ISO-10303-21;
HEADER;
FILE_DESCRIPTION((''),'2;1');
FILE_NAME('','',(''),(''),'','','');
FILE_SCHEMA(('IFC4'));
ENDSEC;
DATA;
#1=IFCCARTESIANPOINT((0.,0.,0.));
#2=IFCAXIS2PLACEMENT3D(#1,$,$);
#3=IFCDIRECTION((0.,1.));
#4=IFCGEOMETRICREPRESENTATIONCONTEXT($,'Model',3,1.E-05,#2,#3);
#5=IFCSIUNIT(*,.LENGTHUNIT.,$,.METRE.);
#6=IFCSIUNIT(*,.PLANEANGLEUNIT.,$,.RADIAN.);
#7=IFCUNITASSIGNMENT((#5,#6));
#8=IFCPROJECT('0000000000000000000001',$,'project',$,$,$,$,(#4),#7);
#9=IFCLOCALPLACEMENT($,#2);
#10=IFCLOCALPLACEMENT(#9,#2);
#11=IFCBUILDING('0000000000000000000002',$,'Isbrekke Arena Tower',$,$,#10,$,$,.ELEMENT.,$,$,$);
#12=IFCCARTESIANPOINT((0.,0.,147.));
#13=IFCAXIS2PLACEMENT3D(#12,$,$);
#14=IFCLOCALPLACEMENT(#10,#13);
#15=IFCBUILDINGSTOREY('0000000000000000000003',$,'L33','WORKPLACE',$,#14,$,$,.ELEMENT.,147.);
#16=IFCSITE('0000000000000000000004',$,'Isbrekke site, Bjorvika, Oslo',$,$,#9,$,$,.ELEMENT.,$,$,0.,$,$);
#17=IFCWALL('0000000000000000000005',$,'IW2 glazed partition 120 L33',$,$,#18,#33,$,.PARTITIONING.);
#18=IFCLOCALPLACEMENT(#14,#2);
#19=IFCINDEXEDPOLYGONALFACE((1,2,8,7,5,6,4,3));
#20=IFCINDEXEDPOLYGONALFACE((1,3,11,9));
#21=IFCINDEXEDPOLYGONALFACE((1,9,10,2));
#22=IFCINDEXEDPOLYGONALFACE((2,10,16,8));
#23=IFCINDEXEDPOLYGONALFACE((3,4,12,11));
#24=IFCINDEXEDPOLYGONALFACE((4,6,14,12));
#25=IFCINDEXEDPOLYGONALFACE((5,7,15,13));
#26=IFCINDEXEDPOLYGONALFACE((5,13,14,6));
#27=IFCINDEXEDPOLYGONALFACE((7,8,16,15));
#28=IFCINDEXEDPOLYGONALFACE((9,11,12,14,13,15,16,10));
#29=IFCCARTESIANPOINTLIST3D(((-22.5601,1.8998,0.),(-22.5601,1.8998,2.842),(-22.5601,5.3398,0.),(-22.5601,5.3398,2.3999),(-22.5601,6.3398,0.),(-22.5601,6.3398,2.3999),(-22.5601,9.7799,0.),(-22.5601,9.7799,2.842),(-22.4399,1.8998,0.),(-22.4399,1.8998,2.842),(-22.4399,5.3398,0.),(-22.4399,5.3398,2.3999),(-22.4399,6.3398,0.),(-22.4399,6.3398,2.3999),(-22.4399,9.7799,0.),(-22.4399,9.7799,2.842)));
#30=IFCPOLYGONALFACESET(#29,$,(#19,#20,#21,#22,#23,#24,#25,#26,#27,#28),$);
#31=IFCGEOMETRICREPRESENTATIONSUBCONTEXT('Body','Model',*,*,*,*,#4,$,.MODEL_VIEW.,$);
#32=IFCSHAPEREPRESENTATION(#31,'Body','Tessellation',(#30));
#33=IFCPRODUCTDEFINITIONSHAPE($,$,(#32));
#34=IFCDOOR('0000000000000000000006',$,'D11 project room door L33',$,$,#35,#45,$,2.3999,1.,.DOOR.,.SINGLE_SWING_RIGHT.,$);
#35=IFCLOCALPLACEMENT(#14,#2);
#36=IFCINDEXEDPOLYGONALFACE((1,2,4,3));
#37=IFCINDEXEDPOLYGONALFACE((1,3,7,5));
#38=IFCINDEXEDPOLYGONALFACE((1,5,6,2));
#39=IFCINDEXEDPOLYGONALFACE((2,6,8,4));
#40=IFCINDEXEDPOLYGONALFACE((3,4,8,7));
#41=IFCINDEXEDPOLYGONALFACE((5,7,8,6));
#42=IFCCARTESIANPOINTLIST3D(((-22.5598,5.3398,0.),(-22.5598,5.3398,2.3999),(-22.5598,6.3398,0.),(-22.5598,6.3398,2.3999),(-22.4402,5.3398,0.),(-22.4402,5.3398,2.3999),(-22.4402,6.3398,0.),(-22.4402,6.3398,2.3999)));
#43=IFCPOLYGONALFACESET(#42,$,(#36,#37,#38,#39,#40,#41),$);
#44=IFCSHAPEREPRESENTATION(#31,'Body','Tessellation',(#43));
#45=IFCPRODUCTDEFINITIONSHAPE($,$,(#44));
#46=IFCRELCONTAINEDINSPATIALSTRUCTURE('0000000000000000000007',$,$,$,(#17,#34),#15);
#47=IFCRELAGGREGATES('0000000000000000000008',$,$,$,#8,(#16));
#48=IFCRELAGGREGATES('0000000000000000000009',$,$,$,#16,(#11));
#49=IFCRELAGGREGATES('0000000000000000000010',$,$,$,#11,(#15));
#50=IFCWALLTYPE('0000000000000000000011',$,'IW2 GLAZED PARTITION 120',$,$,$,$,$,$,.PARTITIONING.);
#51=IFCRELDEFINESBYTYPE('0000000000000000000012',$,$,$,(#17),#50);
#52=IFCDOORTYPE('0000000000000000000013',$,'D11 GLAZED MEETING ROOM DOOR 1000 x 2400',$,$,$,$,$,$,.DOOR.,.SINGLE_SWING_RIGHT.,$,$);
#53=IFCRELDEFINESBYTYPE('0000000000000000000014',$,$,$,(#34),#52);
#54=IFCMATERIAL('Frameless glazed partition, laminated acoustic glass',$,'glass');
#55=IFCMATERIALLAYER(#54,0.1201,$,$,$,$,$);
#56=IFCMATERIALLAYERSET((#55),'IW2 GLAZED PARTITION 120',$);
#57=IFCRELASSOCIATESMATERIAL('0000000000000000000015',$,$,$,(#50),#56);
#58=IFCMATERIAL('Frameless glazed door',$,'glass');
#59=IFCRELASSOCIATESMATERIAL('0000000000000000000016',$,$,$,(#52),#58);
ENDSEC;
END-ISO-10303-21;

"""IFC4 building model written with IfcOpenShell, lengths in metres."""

from ifc_helpers import new_model, si_unit, direction, frame, frame_2d, origin, place, context, subcontext, project, spatial, rectangle, extrude, material, layer, layer_set, type_object, element, fill, save


model = new_model("IFC4")

# Units and contexts
model_context = context("Model", 3, precision=1e-05, world=origin(), true_north=direction((0.0, 1.0)))
body_context = subcontext(model_context, "Body", "Model", "MODEL_VIEW")
ifc_project = project(units=[si_unit("LENGTHUNIT", "METRE"), si_unit("PLANEANGLEUNIT", "RADIAN")], contexts=[model_context])

# Site, building, storey
site_placement = place(None, origin())
site = spatial("IfcSite", under=ifc_project, at=site_placement, Name="Isbrekke site, Bjorvika, Oslo", CompositionType="ELEMENT", RefElevation=0.0)
building_placement = place(site_placement, origin())
building = spatial("IfcBuilding", under=site, at=building_placement, Name="Isbrekke Arena Tower", CompositionType="ELEMENT")
storey_placement = place(building_placement, frame((0.0, 0.0, 147.0)))
storey = spatial("IfcBuildingStorey", under=building, at=storey_placement, Name="L33", Description="WORKPLACE", CompositionType="ELEMENT", Elevation=147.0)

# Shared definitions
ifc_material_1 = material(Name="Frameless glazed partition, laminated acoustic glass", Category="glass")
ifc_layer_1 = layer(ifc_material_1, 0.1201)
ifc_layer_set_1 = layer_set([ifc_layer_1], Name="IW2 GLAZED PARTITION 120")
wall_type = type_object("IfcWallType", Name="IW2 GLAZED PARTITION 120", PredefinedType="PARTITIONING", material=ifc_layer_set_1)

# Wall, opening, door
wall_1_placement = place(storey_placement, frame((-22.5, 1.8999, 0.0), z_axis=(0.0, 0.0, 1.0), x_axis=(0.0, 1.0, 0.0)))
wall_1 = element("IfcWall", 1, at=wall_1_placement, inside=storey, type_object=wall_type, Name="IW2 glazed partition 120 L33", PredefinedType="PARTITIONING", context=body_context, shape_type="SweptSolid", body=[
    extrude(rectangle(XDim=7.8801, YDim=0.1201, at=frame_2d((3.9399, 0.0))), origin(), (0.0, 0.0, 1.0), 2.842),
])
opening_placement = place(wall_1_placement, frame((3.4399, 0.0, 0.0)))
opening = element("IfcOpeningElement", 2, at=opening_placement, cuts=wall_1, PredefinedType="OPENING", context=body_context, shape_type="SweptSolid", body=[
    extrude(rectangle(XDim=1.0, YDim=2.3999, at=frame_2d((0.5, 1.2))), frame((0.0, 0.075, 0.0), z_axis=(0.0, -1.0, 0.0), x_axis=(1.0, 0.0, 0.0)), (0.0, 0.0, 1.0), 0.1499),
])
ifc_material_2 = material(Name="Frameless glazed door", Category="glass")
door_type = type_object("IfcDoorType", Name="D11 GLAZED MEETING ROOM DOOR 1000 x 2400", OperationType="SINGLE_SWING_RIGHT", PredefinedType="DOOR", material=ifc_material_2)
door_placement = place(opening_placement, origin())
door = element("IfcDoor", 3, at=door_placement, inside=storey, type_object=door_type, Name="D11 project room door L33", OperationType="SINGLE_SWING_RIGHT", OverallHeight=2.3999, OverallWidth=1.0, PredefinedType="DOOR", context=body_context, shape_type="SweptSolid", body=[
    extrude(rectangle(XDim=1.0, YDim=2.3999, at=frame_2d((0.5, 1.2))), frame((0.0, 0.0598, 0.0), z_axis=(0.0, -1.0, 0.0), x_axis=(1.0, 0.0, 0.0)), (0.0, 0.0, 1.0), 0.1196),
])
fill(opening, door)

save(model, "model.ifc")
